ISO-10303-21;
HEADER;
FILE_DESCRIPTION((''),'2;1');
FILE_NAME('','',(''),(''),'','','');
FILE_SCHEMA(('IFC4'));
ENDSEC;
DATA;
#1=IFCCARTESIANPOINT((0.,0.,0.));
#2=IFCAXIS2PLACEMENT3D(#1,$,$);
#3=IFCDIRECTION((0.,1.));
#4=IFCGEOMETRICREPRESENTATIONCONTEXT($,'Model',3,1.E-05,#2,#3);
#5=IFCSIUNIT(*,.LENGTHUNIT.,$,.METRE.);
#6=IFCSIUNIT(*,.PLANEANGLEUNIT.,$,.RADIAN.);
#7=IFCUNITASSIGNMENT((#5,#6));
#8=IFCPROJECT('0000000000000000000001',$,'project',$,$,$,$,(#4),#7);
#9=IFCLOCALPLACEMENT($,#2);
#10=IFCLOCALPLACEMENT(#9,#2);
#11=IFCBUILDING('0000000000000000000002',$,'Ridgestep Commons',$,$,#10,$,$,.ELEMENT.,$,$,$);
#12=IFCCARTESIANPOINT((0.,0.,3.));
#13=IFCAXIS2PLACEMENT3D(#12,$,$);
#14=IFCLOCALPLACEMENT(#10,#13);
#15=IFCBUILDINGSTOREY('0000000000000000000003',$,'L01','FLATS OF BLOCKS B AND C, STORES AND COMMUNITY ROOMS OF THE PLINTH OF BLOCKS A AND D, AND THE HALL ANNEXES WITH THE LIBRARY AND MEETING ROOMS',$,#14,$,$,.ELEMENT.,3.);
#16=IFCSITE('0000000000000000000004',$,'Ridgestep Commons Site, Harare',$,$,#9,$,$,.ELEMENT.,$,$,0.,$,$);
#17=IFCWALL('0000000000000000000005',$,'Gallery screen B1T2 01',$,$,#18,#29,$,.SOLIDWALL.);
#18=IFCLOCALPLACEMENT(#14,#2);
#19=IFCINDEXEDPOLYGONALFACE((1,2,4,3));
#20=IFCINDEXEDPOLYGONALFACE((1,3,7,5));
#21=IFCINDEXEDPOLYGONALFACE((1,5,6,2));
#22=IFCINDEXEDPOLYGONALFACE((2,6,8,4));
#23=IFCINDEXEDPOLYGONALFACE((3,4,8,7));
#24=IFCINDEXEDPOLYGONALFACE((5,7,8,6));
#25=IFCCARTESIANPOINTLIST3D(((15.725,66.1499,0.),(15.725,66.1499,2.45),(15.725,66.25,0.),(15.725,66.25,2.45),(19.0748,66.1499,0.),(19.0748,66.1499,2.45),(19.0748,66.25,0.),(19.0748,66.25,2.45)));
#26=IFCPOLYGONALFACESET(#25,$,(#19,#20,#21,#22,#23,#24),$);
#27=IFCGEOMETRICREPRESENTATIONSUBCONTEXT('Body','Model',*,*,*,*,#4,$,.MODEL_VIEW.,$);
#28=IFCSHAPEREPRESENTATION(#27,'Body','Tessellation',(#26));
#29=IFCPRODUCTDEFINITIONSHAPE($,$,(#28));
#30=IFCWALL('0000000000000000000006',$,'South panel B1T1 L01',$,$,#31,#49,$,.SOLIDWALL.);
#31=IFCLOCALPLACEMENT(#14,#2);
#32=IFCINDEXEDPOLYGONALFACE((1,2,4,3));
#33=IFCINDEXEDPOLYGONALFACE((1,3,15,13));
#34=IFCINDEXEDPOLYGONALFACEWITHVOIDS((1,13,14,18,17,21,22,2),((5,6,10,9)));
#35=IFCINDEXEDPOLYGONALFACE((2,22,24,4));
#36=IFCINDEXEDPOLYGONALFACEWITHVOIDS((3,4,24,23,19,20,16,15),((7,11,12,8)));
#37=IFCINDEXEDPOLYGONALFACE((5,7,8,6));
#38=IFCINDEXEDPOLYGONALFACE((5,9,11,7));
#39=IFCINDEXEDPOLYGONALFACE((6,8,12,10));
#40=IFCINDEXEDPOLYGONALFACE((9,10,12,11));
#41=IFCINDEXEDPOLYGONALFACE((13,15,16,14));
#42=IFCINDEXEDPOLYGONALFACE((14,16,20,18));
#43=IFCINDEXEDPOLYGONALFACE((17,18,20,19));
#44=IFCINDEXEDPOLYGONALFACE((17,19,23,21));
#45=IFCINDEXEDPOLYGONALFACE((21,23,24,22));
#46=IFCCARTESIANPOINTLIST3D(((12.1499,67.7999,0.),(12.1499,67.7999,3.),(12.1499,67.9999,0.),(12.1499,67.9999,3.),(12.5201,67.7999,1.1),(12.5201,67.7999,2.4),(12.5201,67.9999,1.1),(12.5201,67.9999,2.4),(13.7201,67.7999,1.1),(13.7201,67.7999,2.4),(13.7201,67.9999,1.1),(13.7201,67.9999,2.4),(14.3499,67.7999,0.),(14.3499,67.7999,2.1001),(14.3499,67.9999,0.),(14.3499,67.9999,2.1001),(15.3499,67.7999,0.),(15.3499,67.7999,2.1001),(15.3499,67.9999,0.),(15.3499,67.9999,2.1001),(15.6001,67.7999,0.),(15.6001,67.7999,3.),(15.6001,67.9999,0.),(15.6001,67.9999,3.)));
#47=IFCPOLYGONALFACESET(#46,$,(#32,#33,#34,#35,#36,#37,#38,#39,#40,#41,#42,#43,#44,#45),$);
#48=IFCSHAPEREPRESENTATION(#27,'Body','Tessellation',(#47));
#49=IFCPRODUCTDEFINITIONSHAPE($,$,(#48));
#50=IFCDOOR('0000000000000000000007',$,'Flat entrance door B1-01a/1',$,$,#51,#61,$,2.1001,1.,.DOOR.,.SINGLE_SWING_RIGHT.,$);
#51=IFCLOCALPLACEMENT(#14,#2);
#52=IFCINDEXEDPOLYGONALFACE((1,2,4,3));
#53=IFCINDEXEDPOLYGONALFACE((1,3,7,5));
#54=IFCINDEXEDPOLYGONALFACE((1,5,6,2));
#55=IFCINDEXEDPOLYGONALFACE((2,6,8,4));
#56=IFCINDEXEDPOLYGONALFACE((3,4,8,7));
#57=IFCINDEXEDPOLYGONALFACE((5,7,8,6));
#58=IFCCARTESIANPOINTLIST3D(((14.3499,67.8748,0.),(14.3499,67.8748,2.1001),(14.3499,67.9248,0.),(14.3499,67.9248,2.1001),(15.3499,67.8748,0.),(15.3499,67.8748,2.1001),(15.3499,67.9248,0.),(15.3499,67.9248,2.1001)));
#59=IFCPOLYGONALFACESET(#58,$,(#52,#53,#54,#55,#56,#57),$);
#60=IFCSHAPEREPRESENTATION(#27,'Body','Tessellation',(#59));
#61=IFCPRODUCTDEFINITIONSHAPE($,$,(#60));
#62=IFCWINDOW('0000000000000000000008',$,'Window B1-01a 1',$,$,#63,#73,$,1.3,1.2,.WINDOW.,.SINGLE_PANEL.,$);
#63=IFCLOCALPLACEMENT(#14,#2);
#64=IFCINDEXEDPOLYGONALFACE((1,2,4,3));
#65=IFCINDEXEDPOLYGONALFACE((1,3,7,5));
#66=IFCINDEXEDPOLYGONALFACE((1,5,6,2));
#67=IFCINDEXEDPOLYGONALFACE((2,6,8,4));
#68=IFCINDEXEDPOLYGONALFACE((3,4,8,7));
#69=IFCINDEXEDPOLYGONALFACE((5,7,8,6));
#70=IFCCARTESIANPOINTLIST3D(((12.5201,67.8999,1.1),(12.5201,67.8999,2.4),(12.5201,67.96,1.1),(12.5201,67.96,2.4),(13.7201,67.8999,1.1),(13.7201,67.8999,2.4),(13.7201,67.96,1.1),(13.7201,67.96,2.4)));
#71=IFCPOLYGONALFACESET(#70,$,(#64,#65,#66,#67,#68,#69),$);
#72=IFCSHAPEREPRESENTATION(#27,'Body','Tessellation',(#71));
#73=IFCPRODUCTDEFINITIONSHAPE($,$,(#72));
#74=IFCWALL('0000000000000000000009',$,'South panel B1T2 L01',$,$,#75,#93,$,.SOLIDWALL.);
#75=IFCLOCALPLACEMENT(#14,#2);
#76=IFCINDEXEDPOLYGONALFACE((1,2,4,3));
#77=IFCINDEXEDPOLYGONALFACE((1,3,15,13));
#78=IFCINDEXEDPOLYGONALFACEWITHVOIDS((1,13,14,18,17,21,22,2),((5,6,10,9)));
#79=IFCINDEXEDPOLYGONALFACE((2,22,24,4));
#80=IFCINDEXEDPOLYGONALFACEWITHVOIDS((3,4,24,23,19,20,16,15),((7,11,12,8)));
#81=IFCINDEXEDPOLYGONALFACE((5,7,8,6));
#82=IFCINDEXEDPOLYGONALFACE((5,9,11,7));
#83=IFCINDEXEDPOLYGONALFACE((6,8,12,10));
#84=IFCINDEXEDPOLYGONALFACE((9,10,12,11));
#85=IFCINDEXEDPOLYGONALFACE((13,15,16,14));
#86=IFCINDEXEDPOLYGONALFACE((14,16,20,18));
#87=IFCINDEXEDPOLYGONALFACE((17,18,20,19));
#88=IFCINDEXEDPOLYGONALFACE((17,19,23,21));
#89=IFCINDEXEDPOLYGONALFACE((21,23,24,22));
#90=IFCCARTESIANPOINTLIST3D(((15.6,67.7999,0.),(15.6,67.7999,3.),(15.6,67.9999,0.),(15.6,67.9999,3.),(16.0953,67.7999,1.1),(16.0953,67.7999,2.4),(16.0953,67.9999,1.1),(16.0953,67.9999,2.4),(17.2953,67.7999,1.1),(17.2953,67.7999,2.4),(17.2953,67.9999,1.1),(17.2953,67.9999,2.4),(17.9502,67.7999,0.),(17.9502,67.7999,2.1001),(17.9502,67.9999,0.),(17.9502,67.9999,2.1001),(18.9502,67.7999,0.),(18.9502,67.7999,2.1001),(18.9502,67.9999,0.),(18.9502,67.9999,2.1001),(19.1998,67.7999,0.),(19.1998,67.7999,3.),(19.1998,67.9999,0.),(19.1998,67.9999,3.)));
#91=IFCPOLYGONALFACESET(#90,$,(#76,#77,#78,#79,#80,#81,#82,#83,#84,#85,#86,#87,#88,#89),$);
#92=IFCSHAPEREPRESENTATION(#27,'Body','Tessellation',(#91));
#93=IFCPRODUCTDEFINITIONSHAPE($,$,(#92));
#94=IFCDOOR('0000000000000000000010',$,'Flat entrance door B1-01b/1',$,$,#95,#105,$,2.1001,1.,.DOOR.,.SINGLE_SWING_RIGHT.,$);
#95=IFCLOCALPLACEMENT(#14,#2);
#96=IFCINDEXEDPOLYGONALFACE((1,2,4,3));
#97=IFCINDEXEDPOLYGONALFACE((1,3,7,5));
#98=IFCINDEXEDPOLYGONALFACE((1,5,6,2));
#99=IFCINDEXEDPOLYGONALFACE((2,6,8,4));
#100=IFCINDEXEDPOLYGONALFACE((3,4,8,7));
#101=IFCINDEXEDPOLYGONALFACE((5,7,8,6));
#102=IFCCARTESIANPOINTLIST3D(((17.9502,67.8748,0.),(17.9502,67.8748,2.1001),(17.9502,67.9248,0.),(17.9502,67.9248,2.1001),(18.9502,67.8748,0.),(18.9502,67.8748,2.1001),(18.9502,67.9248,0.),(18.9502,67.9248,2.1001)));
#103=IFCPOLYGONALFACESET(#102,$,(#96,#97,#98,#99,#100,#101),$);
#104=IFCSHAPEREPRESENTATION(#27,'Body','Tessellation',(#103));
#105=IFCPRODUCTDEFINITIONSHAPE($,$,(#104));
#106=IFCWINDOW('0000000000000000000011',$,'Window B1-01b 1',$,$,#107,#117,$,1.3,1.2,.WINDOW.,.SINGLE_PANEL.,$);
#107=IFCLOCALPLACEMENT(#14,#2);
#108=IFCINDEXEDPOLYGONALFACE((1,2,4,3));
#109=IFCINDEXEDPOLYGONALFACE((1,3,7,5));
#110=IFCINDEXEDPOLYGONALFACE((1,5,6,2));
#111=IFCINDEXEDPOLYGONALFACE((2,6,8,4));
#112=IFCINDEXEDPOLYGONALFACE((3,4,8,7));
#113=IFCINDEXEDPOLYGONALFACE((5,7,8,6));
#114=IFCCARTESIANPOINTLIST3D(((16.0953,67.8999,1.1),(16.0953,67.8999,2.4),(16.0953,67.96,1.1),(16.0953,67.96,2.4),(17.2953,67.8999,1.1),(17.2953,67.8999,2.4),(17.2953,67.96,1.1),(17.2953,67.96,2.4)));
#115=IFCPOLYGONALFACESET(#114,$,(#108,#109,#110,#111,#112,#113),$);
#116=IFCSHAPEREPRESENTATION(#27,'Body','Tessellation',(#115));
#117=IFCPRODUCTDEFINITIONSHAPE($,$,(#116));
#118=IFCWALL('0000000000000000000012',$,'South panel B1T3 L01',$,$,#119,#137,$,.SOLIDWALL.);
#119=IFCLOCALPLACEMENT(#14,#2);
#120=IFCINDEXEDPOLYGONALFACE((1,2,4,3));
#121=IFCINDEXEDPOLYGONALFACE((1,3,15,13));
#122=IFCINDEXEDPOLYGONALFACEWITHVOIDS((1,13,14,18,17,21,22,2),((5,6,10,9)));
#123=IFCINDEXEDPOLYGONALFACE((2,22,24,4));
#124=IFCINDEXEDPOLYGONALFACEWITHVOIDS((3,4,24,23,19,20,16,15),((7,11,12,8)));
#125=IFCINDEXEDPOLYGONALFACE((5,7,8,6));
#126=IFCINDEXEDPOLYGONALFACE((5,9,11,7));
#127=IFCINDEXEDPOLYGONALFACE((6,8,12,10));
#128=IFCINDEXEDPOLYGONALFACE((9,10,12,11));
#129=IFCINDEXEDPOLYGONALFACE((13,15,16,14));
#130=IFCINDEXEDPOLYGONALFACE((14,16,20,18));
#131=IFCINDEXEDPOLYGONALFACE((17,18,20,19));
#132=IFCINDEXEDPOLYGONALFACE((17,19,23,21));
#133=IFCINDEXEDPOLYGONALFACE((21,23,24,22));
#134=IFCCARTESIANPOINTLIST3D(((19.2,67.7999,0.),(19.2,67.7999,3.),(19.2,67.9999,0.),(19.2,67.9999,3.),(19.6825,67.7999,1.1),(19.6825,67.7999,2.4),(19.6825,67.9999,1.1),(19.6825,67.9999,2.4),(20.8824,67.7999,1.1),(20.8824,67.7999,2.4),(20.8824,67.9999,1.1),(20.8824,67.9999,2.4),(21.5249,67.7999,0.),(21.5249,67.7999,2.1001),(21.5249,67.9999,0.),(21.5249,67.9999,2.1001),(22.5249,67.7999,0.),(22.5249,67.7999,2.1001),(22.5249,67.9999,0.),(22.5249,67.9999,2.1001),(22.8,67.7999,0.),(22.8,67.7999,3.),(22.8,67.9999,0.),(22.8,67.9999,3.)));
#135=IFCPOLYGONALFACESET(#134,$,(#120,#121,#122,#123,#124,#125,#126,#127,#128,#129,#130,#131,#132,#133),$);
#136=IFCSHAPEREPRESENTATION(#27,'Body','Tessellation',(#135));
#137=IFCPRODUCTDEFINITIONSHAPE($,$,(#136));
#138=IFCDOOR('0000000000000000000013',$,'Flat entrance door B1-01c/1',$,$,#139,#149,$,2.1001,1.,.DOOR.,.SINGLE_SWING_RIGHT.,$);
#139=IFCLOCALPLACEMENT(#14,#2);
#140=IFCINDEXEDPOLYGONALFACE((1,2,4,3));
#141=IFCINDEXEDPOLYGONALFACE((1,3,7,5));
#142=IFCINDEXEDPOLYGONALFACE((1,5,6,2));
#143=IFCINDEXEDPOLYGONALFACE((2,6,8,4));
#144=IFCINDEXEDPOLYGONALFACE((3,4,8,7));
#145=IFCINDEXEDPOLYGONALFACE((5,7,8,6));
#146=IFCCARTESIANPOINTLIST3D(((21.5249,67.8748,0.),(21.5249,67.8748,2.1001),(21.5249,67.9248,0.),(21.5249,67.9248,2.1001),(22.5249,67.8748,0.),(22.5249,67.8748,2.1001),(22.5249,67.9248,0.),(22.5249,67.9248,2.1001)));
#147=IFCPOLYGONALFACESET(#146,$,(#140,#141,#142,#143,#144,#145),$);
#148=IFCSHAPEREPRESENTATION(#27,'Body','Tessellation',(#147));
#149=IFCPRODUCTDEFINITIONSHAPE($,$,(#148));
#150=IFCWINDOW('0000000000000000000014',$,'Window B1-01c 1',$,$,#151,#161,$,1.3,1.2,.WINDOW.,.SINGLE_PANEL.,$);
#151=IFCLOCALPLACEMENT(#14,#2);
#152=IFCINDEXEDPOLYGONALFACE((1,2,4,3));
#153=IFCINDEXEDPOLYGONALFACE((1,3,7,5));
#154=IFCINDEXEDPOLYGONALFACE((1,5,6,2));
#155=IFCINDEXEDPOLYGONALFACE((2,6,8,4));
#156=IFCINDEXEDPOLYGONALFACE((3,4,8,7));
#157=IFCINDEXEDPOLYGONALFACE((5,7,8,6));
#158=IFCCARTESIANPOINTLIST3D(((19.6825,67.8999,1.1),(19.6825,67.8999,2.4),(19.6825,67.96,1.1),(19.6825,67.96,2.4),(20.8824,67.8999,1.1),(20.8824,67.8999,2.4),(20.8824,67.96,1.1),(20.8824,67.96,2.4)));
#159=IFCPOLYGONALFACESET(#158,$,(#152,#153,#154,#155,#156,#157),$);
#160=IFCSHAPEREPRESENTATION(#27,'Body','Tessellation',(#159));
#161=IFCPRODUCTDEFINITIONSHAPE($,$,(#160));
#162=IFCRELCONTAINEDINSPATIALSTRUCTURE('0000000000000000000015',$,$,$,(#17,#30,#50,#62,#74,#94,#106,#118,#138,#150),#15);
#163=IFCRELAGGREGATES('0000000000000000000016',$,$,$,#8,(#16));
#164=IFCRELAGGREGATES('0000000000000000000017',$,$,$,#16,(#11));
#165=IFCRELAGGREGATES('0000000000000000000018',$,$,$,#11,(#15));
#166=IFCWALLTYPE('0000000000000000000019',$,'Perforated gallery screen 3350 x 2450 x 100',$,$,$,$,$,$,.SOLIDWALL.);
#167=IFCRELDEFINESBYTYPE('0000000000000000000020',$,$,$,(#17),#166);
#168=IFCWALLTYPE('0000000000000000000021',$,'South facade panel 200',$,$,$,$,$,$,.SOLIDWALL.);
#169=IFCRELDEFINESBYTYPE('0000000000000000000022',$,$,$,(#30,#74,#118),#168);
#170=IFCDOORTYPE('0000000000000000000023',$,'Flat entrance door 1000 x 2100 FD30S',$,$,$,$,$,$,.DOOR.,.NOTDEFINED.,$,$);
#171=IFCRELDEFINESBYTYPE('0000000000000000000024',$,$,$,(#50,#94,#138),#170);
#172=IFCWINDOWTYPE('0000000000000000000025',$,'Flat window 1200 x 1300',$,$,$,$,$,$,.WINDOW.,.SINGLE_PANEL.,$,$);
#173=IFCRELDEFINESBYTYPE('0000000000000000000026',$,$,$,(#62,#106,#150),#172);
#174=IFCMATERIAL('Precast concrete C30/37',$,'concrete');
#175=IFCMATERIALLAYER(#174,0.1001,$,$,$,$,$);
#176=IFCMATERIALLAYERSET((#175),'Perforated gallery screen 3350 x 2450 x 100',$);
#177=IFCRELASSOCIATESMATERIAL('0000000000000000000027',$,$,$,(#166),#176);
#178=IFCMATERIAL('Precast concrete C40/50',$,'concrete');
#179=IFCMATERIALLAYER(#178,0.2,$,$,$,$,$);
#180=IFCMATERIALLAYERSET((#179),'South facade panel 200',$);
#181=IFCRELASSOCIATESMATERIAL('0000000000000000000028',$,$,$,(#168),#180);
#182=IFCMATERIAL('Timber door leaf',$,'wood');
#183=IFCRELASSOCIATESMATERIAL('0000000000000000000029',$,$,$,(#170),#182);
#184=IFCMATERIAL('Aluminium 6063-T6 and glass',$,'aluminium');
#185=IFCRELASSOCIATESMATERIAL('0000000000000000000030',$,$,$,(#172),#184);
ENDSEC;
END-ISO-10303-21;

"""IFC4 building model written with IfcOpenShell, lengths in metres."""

from ifc_helpers import new_model, si_unit, direction, frame, frame_2d, origin, place, context, subcontext, project, spatial, rectangle, extrude, material, layer, layer_set, type_object, element, fill, save


model = new_model("IFC4")

# Units and contexts
model_context = context("Model", 3, precision=1e-05, world=origin(), true_north=direction((0.0, 1.0)))
body_context = subcontext(model_context, "Body", "Model", "MODEL_VIEW")
ifc_project = project(units=[si_unit("LENGTHUNIT", "METRE"), si_unit("PLANEANGLEUNIT", "RADIAN")], contexts=[model_context])

# Site, building, storey
site_placement = place(None, origin())
site = spatial("IfcSite", under=ifc_project, at=site_placement, Name="Ridgestep Commons Site, Harare", CompositionType="ELEMENT", RefElevation=0.0)
building_placement = place(site_placement, origin())
building = spatial("IfcBuilding", under=site, at=building_placement, Name="Ridgestep Commons", CompositionType="ELEMENT")
storey_placement = place(building_placement, frame((0.0, 0.0, 3.0)))
storey = spatial("IfcBuildingStorey", under=building, at=storey_placement, Name="L01", Description="FLATS OF BLOCKS B AND C, STORES AND COMMUNITY ROOMS OF THE PLINTH OF BLOCKS A AND D, AND THE HALL ANNEXES WITH THE LIBRARY AND MEETING ROOMS", CompositionType="ELEMENT", Elevation=3.0)

# Wall
ifc_material_1 = material(Name="Precast concrete C30/37", Category="concrete")
ifc_layer_1 = layer(ifc_material_1, 0.1001)
ifc_layer_set_1 = layer_set([ifc_layer_1], Name="Perforated gallery screen 3350 x 2450 x 100")
wall_type_1 = type_object("IfcWallType", Name="Perforated gallery screen 3350 x 2450 x 100", PredefinedType="SOLIDWALL", material=ifc_layer_set_1)
wall_1_placement = place(storey_placement, frame((15.7251, 66.2, 0.0), z_axis=(0.0, 0.0, 1.0), x_axis=(1.0, 0.0, 0.0)))
element("IfcWall", 1, at=wall_1_placement, inside=storey, type_object=wall_type_1, Name="Gallery screen B1T2 01", PredefinedType="SOLIDWALL", context=body_context, shape_type="SweptSolid", body=[
    extrude(rectangle(XDim=3.3499, YDim=0.1001, at=frame_2d((1.6748, 0.0))), origin(), (0.0, 0.0, 1.0), 2.45),
])

# Walls, openings, doors, windows
ifc_material_2 = material(Name="Precast concrete C40/50", Category="concrete")
ifc_layer_2 = layer(ifc_material_2, 0.2)
ifc_layer_set_2 = layer_set([ifc_layer_2], Name="South facade panel 200")
wall_type_2 = type_object("IfcWallType", Name="South facade panel 200", PredefinedType="SOLIDWALL", material=ifc_layer_set_2)
wall_2_placement = place(storey_placement, frame((12.1499, 67.8999, 0.0), z_axis=(0.0, 0.0, 1.0), x_axis=(1.0, 0.0, 0.0)))
wall_2 = element("IfcWall", 2, at=wall_2_placement, inside=storey, type_object=wall_type_2, Name="South panel B1T1 L01", PredefinedType="SOLIDWALL", context=body_context, shape_type="SweptSolid", body=[
    extrude(rectangle(XDim=3.4502, YDim=0.2, at=frame_2d((1.7251, 0.0))), origin(), (0.0, 0.0, 1.0), 3.0),
])
opening_1_placement = place(wall_2_placement, frame((0.3701, 0.0, 1.1001)))
opening_1 = element("IfcOpeningElement", 3, at=opening_1_placement, cuts=wall_2, PredefinedType="OPENING", context=body_context, shape_type="SweptSolid", body=[
    extrude(rectangle(XDim=1.2, YDim=1.3, at=frame_2d((0.6001, 0.6499))), frame((0.0, 0.1099, 0.0), z_axis=(0.0, -1.0, 0.0), x_axis=(1.0, 0.0, 0.0)), (0.0, 0.0, 1.0), 0.22),
])
opening_2_placement = place(wall_2_placement, frame((2.2, 0.0, 0.0)))
opening_2 = element("IfcOpeningElement", 4, at=opening_2_placement, cuts=wall_2, PredefinedType="OPENING", context=body_context, shape_type="SweptSolid", body=[
    extrude(rectangle(XDim=1.0, YDim=2.1001, at=frame_2d((0.5, 1.05))), frame((0.0, 0.1099, 0.0), z_axis=(0.0, -1.0, 0.0), x_axis=(1.0, 0.0, 0.0)), (0.0, 0.0, 1.0), 0.22),
])
ifc_material_3 = material(Name="Timber door leaf", Category="wood")
door_type_1 = type_object("IfcDoorType", Name="Flat entrance door 1000 x 2100 FD30S", OperationType="NOTDEFINED", PredefinedType="DOOR", material=ifc_material_3)
door_1_placement = place(opening_2_placement, origin())
door_1 = element("IfcDoor", 5, at=door_1_placement, inside=storey, type_object=door_type_1, Name="Flat entrance door B1-01a/1", OperationType="SINGLE_SWING_RIGHT", OverallHeight=2.1001, OverallWidth=1.0, PredefinedType="DOOR", context=body_context, shape_type="SweptSolid", body=[
    extrude(rectangle(XDim=1.0, YDim=2.1001, at=frame_2d((0.5, 1.05))), frame((0.0, 0.0249, 0.0), z_axis=(0.0, -1.0, 0.0), x_axis=(1.0, 0.0, 0.0)), (0.0, 0.0, 1.0), 0.05),
])
fill(opening_2, door_1)
ifc_material_4 = material(Name="Aluminium 6063-T6 and glass", Category="aluminium")
window_type = type_object("IfcWindowType", Name="Flat window 1200 x 1300", PartitioningType="SINGLE_PANEL", PredefinedType="WINDOW", material=ifc_material_4)
window_1_placement = place(opening_1_placement, origin())
window_1 = element("IfcWindow", 6, at=window_1_placement, inside=storey, type_object=window_type, Name="Window B1-01a 1", OverallHeight=1.3, OverallWidth=1.2, PartitioningType="SINGLE_PANEL", PredefinedType="WINDOW", context=body_context, shape_type="SweptSolid", body=[
    extrude(rectangle(XDim=1.2, YDim=1.3, at=frame_2d((0.6001, 0.6499))), frame((0.0, 0.0601, 0.0), z_axis=(0.0, -1.0, 0.0), x_axis=(1.0, 0.0, 0.0)), (0.0, 0.0, 1.0), 0.0601),
])
fill(opening_1, window_1)
wall_3_placement = place(storey_placement, frame((15.6001, 67.8999, 0.0), z_axis=(0.0, 0.0, 1.0), x_axis=(1.0, 0.0, 0.0)))
wall_3 = element("IfcWall", 7, at=wall_3_placement, inside=storey, type_object=wall_type_2, Name="South panel B1T2 L01", PredefinedType="SOLIDWALL", context=body_context, shape_type="SweptSolid", body=[
    extrude(rectangle(XDim=3.5999, YDim=0.2, at=frame_2d((1.7998, 0.0))), origin(), (0.0, 0.0, 1.0), 3.0),
])
opening_3_placement = place(wall_3_placement, frame((0.4951, 0.0, 1.1001)))
opening_3 = element("IfcOpeningElement", 8, at=opening_3_placement, cuts=wall_3, PredefinedType="OPENING", context=body_context, shape_type="SweptSolid", body=[
    extrude(rectangle(XDim=1.2, YDim=1.3, at=frame_2d((0.6001, 0.6499))), frame((0.0, 0.1099, 0.0), z_axis=(0.0, -1.0, 0.0), x_axis=(1.0, 0.0, 0.0)), (0.0, 0.0, 1.0), 0.22),
])
opening_4_placement = place(wall_3_placement, frame((2.3501, 0.0, 0.0)))
opening_4 = element("IfcOpeningElement", 9, at=opening_4_placement, cuts=wall_3, PredefinedType="OPENING", context=body_context, shape_type="SweptSolid", body=[
    extrude(rectangle(XDim=1.0, YDim=2.1001, at=frame_2d((0.5, 1.05))), frame((0.0, 0.1099, 0.0), z_axis=(0.0, -1.0, 0.0), x_axis=(1.0, 0.0, 0.0)), (0.0, 0.0, 1.0), 0.22),
])
door_2_placement = place(opening_4_placement, origin())
door_2 = element("IfcDoor", 10, at=door_2_placement, inside=storey, type_object=door_type_1, Name="Flat entrance door B1-01b/1", OperationType="SINGLE_SWING_RIGHT", OverallHeight=2.1001, OverallWidth=1.0, PredefinedType="DOOR", context=body_context, shape_type="SweptSolid", body=[
    extrude(rectangle(XDim=1.0, YDim=2.1001, at=frame_2d((0.5, 1.05))), frame((0.0, 0.0249, 0.0), z_axis=(0.0, -1.0, 0.0), x_axis=(1.0, 0.0, 0.0)), (0.0, 0.0, 1.0), 0.05),
])
fill(opening_4, door_2)
window_2_placement = place(opening_3_placement, origin())
window_2 = element("IfcWindow", 11, at=window_2_placement, inside=storey, type_object=window_type, Name="Window B1-01b 1", OverallHeight=1.3, OverallWidth=1.2, PartitioningType="SINGLE_PANEL", PredefinedType="WINDOW", context=body_context, shape_type="SweptSolid", body=[
    extrude(rectangle(XDim=1.2, YDim=1.3, at=frame_2d((0.6001, 0.6499))), frame((0.0, 0.0601, 0.0), z_axis=(0.0, -1.0, 0.0), x_axis=(1.0, 0.0, 0.0)), (0.0, 0.0, 1.0), 0.0601),
])
fill(opening_3, window_2)
wall_4_placement = place(storey_placement, frame((19.2, 67.8999, 0.0), z_axis=(0.0, 0.0, 1.0), x_axis=(1.0, 0.0, 0.0)))
wall_4 = element("IfcWall", 12, at=wall_4_placement, inside=storey, type_object=wall_type_2, Name="South panel B1T3 L01", PredefinedType="SOLIDWALL", context=body_context, shape_type="SweptSolid", body=[
    extrude(rectangle(XDim=3.6001, YDim=0.2, at=frame_2d((1.8, 0.0))), origin(), (0.0, 0.0, 1.0), 3.0),
])
opening_5_placement = place(wall_4_placement, frame((0.4824, 0.0, 1.1001)))
opening_5 = element("IfcOpeningElement", 13, at=opening_5_placement, cuts=wall_4, PredefinedType="OPENING", context=body_context, shape_type="SweptSolid", body=[
    extrude(rectangle(XDim=1.2, YDim=1.3, at=frame_2d((0.6001, 0.6499))), frame((0.0, 0.1099, 0.0), z_axis=(0.0, -1.0, 0.0), x_axis=(1.0, 0.0, 0.0)), (0.0, 0.0, 1.0), 0.22),
])
opening_6_placement = place(wall_4_placement, frame((2.325, 0.0, 0.0)))
opening_6 = element("IfcOpeningElement", 14, at=opening_6_placement, cuts=wall_4, PredefinedType="OPENING", context=body_context, shape_type="SweptSolid", body=[
    extrude(rectangle(XDim=1.0, YDim=2.1001, at=frame_2d((0.5, 1.05))), frame((0.0, 0.1099, 0.0), z_axis=(0.0, -1.0, 0.0), x_axis=(1.0, 0.0, 0.0)), (0.0, 0.0, 1.0), 0.22),
])
door_3_placement = place(opening_6_placement, origin())
door_3 = element("IfcDoor", 15, at=door_3_placement, inside=storey, type_object=door_type_1, Name="Flat entrance door B1-01c/1", OperationType="SINGLE_SWING_RIGHT", OverallHeight=2.1001, OverallWidth=1.0, PredefinedType="DOOR", context=body_context, shape_type="SweptSolid", body=[
    extrude(rectangle(XDim=1.0, YDim=2.1001, at=frame_2d((0.5, 1.05))), frame((0.0, 0.0249, 0.0), z_axis=(0.0, -1.0, 0.0), x_axis=(1.0, 0.0, 0.0)), (0.0, 0.0, 1.0), 0.05),
])
fill(opening_6, door_3)
window_3_placement = place(opening_5_placement, origin())
window_3 = element("IfcWindow", 16, at=window_3_placement, inside=storey, type_object=window_type, Name="Window B1-01c 1", OverallHeight=1.3, OverallWidth=1.2, PartitioningType="SINGLE_PANEL", PredefinedType="WINDOW", context=body_context, shape_type="SweptSolid", body=[
    extrude(rectangle(XDim=1.2, YDim=1.3, at=frame_2d((0.6001, 0.6499))), frame((0.0, 0.0601, 0.0), z_axis=(0.0, -1.0, 0.0), x_axis=(1.0, 0.0, 0.0)), (0.0, 0.0, 1.0), 0.0601),
])
fill(opening_5, window_3)

save(model, "model.ifc")
